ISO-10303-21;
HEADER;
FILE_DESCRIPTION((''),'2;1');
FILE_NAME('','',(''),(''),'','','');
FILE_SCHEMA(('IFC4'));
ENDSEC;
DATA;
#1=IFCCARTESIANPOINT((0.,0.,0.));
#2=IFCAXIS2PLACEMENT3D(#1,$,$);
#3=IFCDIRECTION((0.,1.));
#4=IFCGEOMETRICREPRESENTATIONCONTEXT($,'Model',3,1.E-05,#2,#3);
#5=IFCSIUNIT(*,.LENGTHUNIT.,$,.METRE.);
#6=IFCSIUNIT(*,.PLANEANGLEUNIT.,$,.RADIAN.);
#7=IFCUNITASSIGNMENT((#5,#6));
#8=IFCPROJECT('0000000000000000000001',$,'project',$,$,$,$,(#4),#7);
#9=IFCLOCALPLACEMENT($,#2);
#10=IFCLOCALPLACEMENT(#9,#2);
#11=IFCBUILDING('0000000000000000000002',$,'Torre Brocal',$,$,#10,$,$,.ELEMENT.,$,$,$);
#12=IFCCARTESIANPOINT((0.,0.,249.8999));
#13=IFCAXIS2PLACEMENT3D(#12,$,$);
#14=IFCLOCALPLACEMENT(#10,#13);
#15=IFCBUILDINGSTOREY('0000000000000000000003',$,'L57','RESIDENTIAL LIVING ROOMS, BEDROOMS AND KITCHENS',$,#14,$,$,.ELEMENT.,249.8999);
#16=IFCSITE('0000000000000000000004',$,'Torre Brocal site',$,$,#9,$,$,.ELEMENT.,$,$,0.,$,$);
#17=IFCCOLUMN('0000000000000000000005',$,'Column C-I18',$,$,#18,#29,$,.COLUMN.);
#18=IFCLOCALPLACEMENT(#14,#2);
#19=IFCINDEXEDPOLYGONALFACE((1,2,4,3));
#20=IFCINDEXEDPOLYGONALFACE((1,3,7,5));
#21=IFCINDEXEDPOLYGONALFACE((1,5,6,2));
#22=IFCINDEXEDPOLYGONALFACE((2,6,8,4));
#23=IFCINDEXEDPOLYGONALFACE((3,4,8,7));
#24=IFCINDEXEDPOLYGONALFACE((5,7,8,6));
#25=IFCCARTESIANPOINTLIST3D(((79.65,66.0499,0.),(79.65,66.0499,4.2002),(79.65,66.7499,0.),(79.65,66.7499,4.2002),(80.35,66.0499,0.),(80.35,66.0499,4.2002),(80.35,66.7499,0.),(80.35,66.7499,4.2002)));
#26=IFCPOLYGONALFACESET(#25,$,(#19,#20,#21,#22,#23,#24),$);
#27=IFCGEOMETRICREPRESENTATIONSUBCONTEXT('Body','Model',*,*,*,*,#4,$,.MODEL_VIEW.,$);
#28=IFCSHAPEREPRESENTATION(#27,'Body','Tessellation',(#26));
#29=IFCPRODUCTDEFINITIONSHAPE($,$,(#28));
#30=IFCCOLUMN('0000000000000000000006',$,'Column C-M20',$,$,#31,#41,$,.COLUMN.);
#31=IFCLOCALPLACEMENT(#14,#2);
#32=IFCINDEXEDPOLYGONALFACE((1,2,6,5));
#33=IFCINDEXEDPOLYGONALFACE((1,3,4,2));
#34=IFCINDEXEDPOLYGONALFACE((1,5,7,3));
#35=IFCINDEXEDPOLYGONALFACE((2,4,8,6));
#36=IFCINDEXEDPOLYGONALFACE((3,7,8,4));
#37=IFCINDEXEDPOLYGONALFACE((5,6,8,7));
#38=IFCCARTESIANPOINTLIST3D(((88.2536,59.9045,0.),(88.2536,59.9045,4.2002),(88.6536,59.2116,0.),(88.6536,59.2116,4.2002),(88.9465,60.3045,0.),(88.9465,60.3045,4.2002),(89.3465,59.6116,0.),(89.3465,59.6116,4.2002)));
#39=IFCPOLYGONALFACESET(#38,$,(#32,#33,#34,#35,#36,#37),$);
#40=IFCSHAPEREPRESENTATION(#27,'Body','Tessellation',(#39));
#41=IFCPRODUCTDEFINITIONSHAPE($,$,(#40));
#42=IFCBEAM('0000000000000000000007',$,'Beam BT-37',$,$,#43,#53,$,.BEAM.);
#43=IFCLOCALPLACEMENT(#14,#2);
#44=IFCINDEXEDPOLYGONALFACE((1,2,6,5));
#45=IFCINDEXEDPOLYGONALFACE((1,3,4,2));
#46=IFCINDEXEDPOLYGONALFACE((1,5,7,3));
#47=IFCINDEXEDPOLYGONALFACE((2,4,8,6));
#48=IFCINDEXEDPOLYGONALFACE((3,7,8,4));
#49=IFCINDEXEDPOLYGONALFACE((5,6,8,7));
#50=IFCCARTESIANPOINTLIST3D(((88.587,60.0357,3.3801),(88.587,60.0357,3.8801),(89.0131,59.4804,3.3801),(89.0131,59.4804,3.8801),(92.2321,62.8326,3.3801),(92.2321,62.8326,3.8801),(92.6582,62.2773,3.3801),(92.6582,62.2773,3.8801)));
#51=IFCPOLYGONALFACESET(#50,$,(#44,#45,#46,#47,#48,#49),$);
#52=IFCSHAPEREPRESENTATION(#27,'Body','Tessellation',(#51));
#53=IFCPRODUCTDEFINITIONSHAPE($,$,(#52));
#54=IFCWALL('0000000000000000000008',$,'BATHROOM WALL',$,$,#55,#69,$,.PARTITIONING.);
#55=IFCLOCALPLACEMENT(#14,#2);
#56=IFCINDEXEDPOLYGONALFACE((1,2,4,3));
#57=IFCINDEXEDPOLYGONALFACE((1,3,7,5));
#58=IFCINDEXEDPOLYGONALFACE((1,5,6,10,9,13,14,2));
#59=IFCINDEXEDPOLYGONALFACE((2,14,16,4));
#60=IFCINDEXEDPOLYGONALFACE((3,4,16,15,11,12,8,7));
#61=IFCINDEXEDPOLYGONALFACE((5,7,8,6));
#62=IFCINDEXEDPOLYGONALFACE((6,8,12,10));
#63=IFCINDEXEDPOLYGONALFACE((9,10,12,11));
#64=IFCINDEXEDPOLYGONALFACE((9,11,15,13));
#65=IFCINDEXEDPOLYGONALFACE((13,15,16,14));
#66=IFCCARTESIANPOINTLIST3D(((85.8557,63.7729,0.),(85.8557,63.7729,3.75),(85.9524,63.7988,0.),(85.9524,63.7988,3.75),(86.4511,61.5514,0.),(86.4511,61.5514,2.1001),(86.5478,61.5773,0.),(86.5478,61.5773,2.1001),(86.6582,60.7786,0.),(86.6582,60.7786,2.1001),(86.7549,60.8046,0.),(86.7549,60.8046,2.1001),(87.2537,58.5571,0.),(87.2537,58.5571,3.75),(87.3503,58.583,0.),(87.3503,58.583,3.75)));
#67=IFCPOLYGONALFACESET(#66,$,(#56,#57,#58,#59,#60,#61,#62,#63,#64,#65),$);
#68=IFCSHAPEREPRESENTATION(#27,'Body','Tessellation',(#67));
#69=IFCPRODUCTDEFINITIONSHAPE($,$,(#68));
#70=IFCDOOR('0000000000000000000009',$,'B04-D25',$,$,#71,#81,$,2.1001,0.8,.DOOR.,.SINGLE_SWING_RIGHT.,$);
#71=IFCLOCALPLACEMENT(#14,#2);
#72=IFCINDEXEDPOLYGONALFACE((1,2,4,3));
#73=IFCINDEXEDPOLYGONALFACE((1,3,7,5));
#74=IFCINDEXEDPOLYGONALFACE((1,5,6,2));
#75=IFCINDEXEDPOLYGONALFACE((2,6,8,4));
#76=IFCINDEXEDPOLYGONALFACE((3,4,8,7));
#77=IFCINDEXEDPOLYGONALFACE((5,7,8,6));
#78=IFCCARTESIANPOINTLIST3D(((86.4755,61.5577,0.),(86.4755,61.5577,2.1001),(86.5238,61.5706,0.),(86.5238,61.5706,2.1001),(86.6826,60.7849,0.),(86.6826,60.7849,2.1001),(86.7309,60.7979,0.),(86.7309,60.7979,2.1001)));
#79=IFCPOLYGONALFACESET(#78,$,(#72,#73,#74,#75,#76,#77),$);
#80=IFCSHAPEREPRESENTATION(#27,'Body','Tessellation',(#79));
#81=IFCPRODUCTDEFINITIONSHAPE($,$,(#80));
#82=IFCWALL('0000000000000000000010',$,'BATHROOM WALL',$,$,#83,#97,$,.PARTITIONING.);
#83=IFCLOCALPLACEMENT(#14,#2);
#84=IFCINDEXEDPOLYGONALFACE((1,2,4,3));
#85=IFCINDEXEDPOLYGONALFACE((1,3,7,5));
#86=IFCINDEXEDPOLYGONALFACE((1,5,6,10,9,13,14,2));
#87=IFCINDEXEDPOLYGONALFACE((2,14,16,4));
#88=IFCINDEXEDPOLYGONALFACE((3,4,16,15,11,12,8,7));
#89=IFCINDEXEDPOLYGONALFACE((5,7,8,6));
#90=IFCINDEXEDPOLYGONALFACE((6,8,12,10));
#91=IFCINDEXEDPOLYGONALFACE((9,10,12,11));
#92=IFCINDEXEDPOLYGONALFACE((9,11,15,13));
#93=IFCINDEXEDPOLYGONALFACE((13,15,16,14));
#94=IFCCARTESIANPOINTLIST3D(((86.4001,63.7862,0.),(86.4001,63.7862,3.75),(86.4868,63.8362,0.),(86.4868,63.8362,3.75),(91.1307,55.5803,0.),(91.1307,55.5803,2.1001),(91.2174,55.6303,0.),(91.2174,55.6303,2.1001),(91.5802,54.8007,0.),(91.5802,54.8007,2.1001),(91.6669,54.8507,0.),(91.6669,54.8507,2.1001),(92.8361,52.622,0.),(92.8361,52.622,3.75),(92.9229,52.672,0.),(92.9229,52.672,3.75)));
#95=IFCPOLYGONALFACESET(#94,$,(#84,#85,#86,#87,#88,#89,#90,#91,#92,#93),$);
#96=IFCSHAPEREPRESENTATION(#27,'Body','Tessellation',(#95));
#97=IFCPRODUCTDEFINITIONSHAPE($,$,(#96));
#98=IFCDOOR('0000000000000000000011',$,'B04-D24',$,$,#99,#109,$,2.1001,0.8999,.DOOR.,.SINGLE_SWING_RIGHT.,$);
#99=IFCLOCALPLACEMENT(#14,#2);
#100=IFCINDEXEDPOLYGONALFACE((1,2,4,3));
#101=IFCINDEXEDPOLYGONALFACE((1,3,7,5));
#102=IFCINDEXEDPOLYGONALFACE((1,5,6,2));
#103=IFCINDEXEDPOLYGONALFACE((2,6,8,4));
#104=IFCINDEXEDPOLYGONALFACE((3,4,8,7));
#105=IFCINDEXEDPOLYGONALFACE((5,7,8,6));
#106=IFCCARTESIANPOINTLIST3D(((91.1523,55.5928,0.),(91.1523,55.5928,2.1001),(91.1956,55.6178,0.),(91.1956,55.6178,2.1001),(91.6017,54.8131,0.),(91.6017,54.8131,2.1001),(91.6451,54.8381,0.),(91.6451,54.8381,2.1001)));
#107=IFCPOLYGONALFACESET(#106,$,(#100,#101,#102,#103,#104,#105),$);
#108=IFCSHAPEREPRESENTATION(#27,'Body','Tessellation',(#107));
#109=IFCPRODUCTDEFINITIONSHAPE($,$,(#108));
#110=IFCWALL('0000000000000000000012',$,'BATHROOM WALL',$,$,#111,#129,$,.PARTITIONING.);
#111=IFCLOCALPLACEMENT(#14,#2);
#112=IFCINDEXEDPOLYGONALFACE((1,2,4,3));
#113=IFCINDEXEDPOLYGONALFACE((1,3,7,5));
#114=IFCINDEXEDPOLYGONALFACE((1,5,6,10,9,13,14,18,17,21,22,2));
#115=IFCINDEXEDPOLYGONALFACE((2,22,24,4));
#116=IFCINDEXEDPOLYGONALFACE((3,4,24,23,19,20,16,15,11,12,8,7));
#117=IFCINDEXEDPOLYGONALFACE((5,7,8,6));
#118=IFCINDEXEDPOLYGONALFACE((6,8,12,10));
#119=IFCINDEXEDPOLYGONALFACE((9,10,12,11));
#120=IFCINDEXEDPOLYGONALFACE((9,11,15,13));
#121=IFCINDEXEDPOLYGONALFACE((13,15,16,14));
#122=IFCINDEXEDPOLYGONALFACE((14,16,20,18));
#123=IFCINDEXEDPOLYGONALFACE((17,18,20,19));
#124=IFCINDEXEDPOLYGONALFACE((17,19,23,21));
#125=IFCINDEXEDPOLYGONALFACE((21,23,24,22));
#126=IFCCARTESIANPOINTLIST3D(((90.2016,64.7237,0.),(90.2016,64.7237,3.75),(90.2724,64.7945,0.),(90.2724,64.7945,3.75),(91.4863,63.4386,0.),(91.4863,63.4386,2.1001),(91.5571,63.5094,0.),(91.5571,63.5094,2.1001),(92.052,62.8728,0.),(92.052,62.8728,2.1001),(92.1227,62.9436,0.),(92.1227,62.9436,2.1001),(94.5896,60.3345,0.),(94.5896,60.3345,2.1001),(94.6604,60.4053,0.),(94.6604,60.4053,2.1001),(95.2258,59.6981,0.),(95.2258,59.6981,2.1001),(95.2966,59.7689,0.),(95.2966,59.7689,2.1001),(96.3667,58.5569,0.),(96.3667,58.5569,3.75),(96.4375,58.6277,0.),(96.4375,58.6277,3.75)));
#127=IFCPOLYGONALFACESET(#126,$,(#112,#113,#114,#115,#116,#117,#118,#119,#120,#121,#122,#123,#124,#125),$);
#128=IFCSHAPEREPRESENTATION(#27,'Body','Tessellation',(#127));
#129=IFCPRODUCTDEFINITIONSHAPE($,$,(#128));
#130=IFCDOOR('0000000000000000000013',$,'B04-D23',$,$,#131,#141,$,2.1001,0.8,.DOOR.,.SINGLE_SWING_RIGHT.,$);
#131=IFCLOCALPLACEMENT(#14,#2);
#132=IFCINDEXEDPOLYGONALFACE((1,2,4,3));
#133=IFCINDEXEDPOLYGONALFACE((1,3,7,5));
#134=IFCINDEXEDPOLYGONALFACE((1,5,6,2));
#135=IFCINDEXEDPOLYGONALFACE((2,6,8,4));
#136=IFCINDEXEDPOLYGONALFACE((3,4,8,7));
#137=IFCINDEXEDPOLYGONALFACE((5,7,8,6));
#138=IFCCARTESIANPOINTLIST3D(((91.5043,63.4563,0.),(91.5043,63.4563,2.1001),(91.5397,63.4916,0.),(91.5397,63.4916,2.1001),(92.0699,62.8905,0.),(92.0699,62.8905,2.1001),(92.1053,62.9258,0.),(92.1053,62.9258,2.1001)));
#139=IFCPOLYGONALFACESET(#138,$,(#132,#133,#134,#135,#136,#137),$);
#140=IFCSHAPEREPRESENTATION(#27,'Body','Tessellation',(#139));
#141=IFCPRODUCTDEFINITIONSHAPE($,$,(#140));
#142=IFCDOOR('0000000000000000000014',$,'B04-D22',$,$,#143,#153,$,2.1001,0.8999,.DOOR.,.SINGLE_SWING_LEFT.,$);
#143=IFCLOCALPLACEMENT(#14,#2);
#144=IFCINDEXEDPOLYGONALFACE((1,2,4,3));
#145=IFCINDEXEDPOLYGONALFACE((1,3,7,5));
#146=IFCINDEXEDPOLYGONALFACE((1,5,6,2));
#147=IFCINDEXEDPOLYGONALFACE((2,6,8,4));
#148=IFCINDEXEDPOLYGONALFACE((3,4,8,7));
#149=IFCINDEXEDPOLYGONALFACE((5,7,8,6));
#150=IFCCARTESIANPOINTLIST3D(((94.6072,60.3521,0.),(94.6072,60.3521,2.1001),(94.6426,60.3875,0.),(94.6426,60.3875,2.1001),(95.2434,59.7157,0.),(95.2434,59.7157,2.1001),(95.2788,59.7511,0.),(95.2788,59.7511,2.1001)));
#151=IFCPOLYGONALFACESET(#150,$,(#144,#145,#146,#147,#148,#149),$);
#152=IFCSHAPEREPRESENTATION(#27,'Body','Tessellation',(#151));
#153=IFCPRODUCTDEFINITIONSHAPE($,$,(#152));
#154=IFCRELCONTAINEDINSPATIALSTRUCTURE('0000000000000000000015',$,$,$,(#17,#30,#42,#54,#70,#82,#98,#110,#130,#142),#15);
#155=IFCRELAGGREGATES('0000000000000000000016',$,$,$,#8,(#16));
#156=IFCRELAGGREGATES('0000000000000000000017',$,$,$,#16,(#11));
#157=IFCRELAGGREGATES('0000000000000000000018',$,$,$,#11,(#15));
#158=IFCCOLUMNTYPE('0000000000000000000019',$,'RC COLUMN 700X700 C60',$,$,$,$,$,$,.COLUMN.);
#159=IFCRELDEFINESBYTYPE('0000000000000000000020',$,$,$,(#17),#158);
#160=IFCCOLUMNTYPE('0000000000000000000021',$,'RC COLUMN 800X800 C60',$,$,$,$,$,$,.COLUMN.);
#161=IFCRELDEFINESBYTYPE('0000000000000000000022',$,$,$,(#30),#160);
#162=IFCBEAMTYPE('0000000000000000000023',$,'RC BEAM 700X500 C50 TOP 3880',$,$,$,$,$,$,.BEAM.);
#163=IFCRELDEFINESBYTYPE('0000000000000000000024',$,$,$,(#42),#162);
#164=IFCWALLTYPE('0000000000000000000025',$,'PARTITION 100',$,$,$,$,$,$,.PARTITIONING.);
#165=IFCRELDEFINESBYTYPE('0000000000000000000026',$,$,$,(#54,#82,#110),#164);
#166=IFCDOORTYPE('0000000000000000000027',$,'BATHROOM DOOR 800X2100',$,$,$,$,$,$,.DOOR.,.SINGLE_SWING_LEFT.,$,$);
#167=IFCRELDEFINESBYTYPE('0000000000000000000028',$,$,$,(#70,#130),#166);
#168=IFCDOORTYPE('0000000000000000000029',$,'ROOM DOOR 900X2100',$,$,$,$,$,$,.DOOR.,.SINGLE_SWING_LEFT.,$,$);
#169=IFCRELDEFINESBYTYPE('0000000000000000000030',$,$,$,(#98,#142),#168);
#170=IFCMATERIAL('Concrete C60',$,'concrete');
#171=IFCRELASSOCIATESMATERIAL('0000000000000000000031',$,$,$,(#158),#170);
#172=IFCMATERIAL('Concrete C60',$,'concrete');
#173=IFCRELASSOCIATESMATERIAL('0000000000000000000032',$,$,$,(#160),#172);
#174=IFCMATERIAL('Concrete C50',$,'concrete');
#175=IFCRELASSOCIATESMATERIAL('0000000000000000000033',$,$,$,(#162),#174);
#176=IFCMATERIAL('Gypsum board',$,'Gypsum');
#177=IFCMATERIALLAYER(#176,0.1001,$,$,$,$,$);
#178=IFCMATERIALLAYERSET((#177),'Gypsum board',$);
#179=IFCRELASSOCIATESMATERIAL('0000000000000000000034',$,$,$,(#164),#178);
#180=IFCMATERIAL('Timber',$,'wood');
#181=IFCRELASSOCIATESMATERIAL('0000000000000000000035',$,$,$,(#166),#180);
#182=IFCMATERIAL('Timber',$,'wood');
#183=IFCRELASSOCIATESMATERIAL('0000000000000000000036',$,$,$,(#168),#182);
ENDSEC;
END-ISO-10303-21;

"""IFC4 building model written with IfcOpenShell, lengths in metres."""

from ifc_helpers import new_model, si_unit, direction, frame, frame_2d, origin, origin_2d, place, context, subcontext, project, spatial, rectangle, extrude, material, layer, layer_set, material_profile, profile_set, type_object, element, fill, save


model = new_model("IFC4")

# Units and contexts
model_context = context("Model", 3, precision=1e-05, world=origin(), true_north=direction((0.0, 1.0)))
body_context = subcontext(model_context, "Body", "Model", "MODEL_VIEW")
ifc_project = project(units=[si_unit("LENGTHUNIT", "METRE"), si_unit("PLANEANGLEUNIT", "RADIAN")], contexts=[model_context])

# Site, building, storey
site_placement = place(None, origin())
site = spatial("IfcSite", under=ifc_project, at=site_placement, Name="Torre Brocal site", CompositionType="ELEMENT", RefElevation=0.0)
building_placement = place(site_placement, origin())
building = spatial("IfcBuilding", under=site, at=building_placement, Name="Torre Brocal", CompositionType="ELEMENT")
storey_placement = place(building_placement, frame((0.0, 0.0, 249.8999)))
storey = spatial("IfcBuildingStorey", under=building, at=storey_placement, Name="L57", Description="RESIDENTIAL LIVING ROOMS, BEDROOMS AND KITCHENS", CompositionType="ELEMENT", Elevation=249.8999)

# Columns
ifc_material_1 = material(Name="Concrete C60", Category="concrete")
ifc_material_profile_1 = material_profile(ifc_material_1, rectangle(XDim=0.7, YDim=0.7, at=origin_2d()), Name="RC 700X700")
ifc_profile_set_1 = profile_set([ifc_material_profile_1], Name="Concrete C60")
column_type_1 = type_object("IfcColumnType", Name="RC COLUMN 700X700 C60", PredefinedType="COLUMN", material=ifc_profile_set_1)
column_1_placement = place(storey_placement, frame((80.0, 66.3999, 0.0), z_axis=(0.0, 0.0, 1.0), x_axis=(0.0, -1.0, 0.0)))
element("IfcColumn", 1, at=column_1_placement, inside=storey, type_object=column_type_1, Name="Column C-I18", PredefinedType="COLUMN", context=body_context, shape_type="SweptSolid", body=[
    extrude(rectangle(XDim=0.7, YDim=0.7, at=origin_2d()), origin(), (0.0, 0.0, 1.0), 4.2002),
])
ifc_material_2 = material(Name="Concrete C60", Category="concrete")
ifc_material_profile_2 = material_profile(ifc_material_2, rectangle(XDim=0.8, YDim=0.8, at=origin_2d()), Name="RC 800X800")
ifc_profile_set_2 = profile_set([ifc_material_profile_2], Name="Concrete C60")
column_type_2 = type_object("IfcColumnType", Name="RC COLUMN 800X800 C60", PredefinedType="COLUMN", material=ifc_profile_set_2)
column_2_placement = place(storey_placement, frame((88.8, 59.7581, 0.0), z_axis=(0.0, 0.0, 1.0), x_axis=(0.5, -0.866025, 0.0)))
element("IfcColumn", 2, at=column_2_placement, inside=storey, type_object=column_type_2, Name="Column C-M20", PredefinedType="COLUMN", context=body_context, shape_type="SweptSolid", body=[
    extrude(rectangle(XDim=0.8, YDim=0.8, at=origin_2d()), origin(), (0.0, 0.0, 1.0), 4.2002),
])

# Beam
ifc_material_3 = material(Name="Concrete C50", Category="concrete")
ifc_material_profile_3 = material_profile(ifc_material_3, rectangle(XDim=0.7, YDim=0.5, at=origin_2d()), Name="RC 700X500")
ifc_profile_set_3 = profile_set([ifc_material_profile_3], Name="Concrete C50")
beam_type = type_object("IfcBeamType", Name="RC BEAM 700X500 C50 TOP 3880", PredefinedType="BEAM", material=ifc_profile_set_3)
beam_placement = place(storey_placement, frame((88.8, 59.7581, 3.6301), z_axis=(0.793358, 0.608755, 0.0), x_axis=(-0.608755, 0.793358, 0.0)))
element("IfcBeam", 3, at=beam_placement, inside=storey, type_object=beam_type, Name="Beam BT-37", PredefinedType="BEAM", context=body_context, shape_type="SweptSolid", body=[
    extrude(rectangle(XDim=0.7, YDim=0.5, at=origin_2d()), origin(), (0.0, 0.0, 1.0), 4.5945),
])

# Walls, openings, doors
ifc_material_4 = material(Name="Gypsum board", Category="Gypsum")
ifc_layer_1 = layer(ifc_material_4, 0.1001)
ifc_layer_set_1 = layer_set([ifc_layer_1], Name="Gypsum board")
wall_type_1 = type_object("IfcWallType", Name="PARTITION 100", PredefinedType="PARTITIONING", material=ifc_layer_set_1)
wall_1_placement = place(storey_placement, frame((85.9041, 63.7859, 0.0), z_axis=(0.0, 0.0, 1.0), x_axis=(0.258884, -0.965908, 0.0)))
wall_1 = element("IfcWall", 4, at=wall_1_placement, inside=storey, type_object=wall_type_1, Name="BATHROOM WALL", PredefinedType="PARTITIONING", context=body_context, shape_type="SweptSolid", body=[
    extrude(rectangle(XDim=5.3999, YDim=0.1001, at=frame_2d((2.7, 0.0))), origin(), (0.0, 0.0, 1.0), 3.75),
])
opening_1_placement = place(wall_1_placement, frame((2.3, 0.0, 0.0)))
opening_1 = element("IfcOpeningElement", 5, at=opening_1_placement, cuts=wall_1, PredefinedType="OPENING", context=body_context, shape_type="SweptSolid", body=[
    extrude(rectangle(XDim=0.8, YDim=2.1001, at=frame_2d((0.3999, 1.05))), frame((0.0, 0.0601, 0.0), z_axis=(0.0, -1.0, 0.0), x_axis=(1.0, 0.0, 0.0)), (0.0, 0.0, 1.0), 0.1201),
])
ifc_material_5 = material(Name="Timber", Category="wood")
door_type_1 = type_object("IfcDoorType", Name="BATHROOM DOOR 800X2100", OperationType="SINGLE_SWING_LEFT", PredefinedType="DOOR", material=ifc_material_5)
door_1_placement = place(opening_1_placement, frame((0.8, 0.0, 0.0), z_axis=(0.0, 0.0, 1.0), x_axis=(-1.0, 0.0, 0.0)))
door_1 = element("IfcDoor", 6, at=door_1_placement, inside=storey, type_object=door_type_1, Name="B04-D25", OperationType="SINGLE_SWING_RIGHT", OverallHeight=2.1001, OverallWidth=0.8, PredefinedType="DOOR", context=body_context, shape_type="SweptSolid", body=[
    extrude(rectangle(XDim=0.8, YDim=2.1001, at=frame_2d((0.3999, 1.05))), frame((0.0, 0.0249, 0.0), z_axis=(0.0, -1.0, 0.0), x_axis=(1.0, 0.0, 0.0)), (0.0, 0.0, 1.0), 0.05),
])
fill(opening_1, door_1)
wall_2_placement = place(storey_placement, frame((86.4434, 63.8113, 0.0), z_axis=(0.0, 0.0, 1.0), x_axis=(0.499445, -0.866346, 0.0)))
wall_2 = element("IfcWall", 7, at=wall_2_placement, inside=storey, type_object=wall_type_1, Name="BATHROOM WALL", PredefinedType="PARTITIONING", context=body_context, shape_type="SweptSolid", body=[
    extrude(rectangle(XDim=12.8865, YDim=0.1001, at=frame_2d((6.4434, 0.0))), origin(), (0.0, 0.0, 1.0), 3.75),
])
opening_2_placement = place(wall_2_placement, frame((9.4719, 0.0, 0.0)))
opening_2 = element("IfcOpeningElement", 8, at=opening_2_placement, cuts=wall_2, PredefinedType="OPENING", context=body_context, shape_type="SweptSolid", body=[
    extrude(rectangle(XDim=0.8999, YDim=2.1001, at=frame_2d((0.45, 1.05))), frame((0.0, 0.0601, 0.0), z_axis=(0.0, -1.0, 0.0), x_axis=(1.0, 0.0, 0.0)), (0.0, 0.0, 1.0), 0.1201),
])
ifc_material_6 = material(Name="Timber", Category="wood")
door_type_2 = type_object("IfcDoorType", Name="ROOM DOOR 900X2100", OperationType="SINGLE_SWING_LEFT", PredefinedType="DOOR", material=ifc_material_6)
door_2_placement = place(opening_2_placement, origin())
door_2 = element("IfcDoor", 9, at=door_2_placement, inside=storey, type_object=door_type_2, Name="B04-D24", OperationType="SINGLE_SWING_RIGHT", OverallHeight=2.1001, OverallWidth=0.8999, PredefinedType="DOOR", context=body_context, shape_type="SweptSolid", body=[
    extrude(rectangle(XDim=0.8999, YDim=2.1001, at=frame_2d((0.45, 1.05))), frame((0.0, 0.0249, 0.0), z_axis=(0.0, -1.0, 0.0), x_axis=(1.0, 0.0, 0.0)), (0.0, 0.0, 1.0), 0.05),
])
fill(opening_2, door_2)

# Wall, openings, doors
wall_3_placement = place(storey_placement, frame((90.2371, 64.759, 0.0), z_axis=(0.0, 0.0, 1.0), x_axis=(0.707009, -0.707205, 0.0)))
wall_3 = element("IfcWall", 10, at=wall_3_placement, inside=storey, type_object=wall_type_1, Name="BATHROOM WALL", PredefinedType="PARTITIONING", context=body_context, shape_type="SweptSolid", body=[
    extrude(rectangle(XDim=8.72, YDim=0.1001, at=frame_2d((4.3599, 0.0))), origin(), (0.0, 0.0, 1.0), 3.75),
])
opening_3_placement = place(wall_3_placement, frame((6.2063, 0.0, 0.0)))
opening_3 = element("IfcOpeningElement", 11, at=opening_3_placement, cuts=wall_3, PredefinedType="OPENING", context=body_context, shape_type="SweptSolid", body=[
    extrude(rectangle(XDim=0.8999, YDim=2.1001, at=frame_2d((0.45, 1.05))), frame((0.0, 0.0601, 0.0), z_axis=(0.0, -1.0, 0.0), x_axis=(1.0, 0.0, 0.0)), (0.0, 0.0, 1.0), 0.1201),
])
opening_4_placement = place(wall_3_placement, frame((1.8171, 0.0, 0.0)))
opening_4 = element("IfcOpeningElement", 12, at=opening_4_placement, cuts=wall_3, PredefinedType="OPENING", context=body_context, shape_type="SweptSolid", body=[
    extrude(rectangle(XDim=0.8, YDim=2.1001, at=frame_2d((0.3999, 1.05))), frame((0.0, 0.0601, 0.0), z_axis=(0.0, -1.0, 0.0), x_axis=(1.0, 0.0, 0.0)), (0.0, 0.0, 1.0), 0.1201),
])
door_3_placement = place(opening_4_placement, frame((0.8, 0.0, 0.0), z_axis=(0.0, 0.0, 1.0), x_axis=(-1.0, 0.0, 0.0)))
door_3 = element("IfcDoor", 13, at=door_3_placement, inside=storey, type_object=door_type_1, Name="B04-D23", OperationType="SINGLE_SWING_RIGHT", OverallHeight=2.1001, OverallWidth=0.8, PredefinedType="DOOR", context=body_context, shape_type="SweptSolid", body=[
    extrude(rectangle(XDim=0.8, YDim=2.1001, at=frame_2d((0.3999, 1.05))), frame((0.0, 0.0249, 0.0), z_axis=(0.0, -1.0, 0.0), x_axis=(1.0, 0.0, 0.0)), (0.0, 0.0, 1.0), 0.05),
])
fill(opening_4, door_3)
door_4_placement = place(opening_3_placement, origin())
door_4 = element("IfcDoor", 14, at=door_4_placement, inside=storey, type_object=door_type_2, Name="B04-D22", OperationType="SINGLE_SWING_LEFT", OverallHeight=2.1001, OverallWidth=0.8999, PredefinedType="DOOR", context=body_context, shape_type="SweptSolid", body=[
    extrude(rectangle(XDim=0.8999, YDim=2.1001, at=frame_2d((0.45, 1.05))), frame((0.0, 0.0249, 0.0), z_axis=(0.0, -1.0, 0.0), x_axis=(1.0, 0.0, 0.0)), (0.0, 0.0, 1.0), 0.05),
])
fill(opening_3, door_4)

save(model, "model.ifc")
